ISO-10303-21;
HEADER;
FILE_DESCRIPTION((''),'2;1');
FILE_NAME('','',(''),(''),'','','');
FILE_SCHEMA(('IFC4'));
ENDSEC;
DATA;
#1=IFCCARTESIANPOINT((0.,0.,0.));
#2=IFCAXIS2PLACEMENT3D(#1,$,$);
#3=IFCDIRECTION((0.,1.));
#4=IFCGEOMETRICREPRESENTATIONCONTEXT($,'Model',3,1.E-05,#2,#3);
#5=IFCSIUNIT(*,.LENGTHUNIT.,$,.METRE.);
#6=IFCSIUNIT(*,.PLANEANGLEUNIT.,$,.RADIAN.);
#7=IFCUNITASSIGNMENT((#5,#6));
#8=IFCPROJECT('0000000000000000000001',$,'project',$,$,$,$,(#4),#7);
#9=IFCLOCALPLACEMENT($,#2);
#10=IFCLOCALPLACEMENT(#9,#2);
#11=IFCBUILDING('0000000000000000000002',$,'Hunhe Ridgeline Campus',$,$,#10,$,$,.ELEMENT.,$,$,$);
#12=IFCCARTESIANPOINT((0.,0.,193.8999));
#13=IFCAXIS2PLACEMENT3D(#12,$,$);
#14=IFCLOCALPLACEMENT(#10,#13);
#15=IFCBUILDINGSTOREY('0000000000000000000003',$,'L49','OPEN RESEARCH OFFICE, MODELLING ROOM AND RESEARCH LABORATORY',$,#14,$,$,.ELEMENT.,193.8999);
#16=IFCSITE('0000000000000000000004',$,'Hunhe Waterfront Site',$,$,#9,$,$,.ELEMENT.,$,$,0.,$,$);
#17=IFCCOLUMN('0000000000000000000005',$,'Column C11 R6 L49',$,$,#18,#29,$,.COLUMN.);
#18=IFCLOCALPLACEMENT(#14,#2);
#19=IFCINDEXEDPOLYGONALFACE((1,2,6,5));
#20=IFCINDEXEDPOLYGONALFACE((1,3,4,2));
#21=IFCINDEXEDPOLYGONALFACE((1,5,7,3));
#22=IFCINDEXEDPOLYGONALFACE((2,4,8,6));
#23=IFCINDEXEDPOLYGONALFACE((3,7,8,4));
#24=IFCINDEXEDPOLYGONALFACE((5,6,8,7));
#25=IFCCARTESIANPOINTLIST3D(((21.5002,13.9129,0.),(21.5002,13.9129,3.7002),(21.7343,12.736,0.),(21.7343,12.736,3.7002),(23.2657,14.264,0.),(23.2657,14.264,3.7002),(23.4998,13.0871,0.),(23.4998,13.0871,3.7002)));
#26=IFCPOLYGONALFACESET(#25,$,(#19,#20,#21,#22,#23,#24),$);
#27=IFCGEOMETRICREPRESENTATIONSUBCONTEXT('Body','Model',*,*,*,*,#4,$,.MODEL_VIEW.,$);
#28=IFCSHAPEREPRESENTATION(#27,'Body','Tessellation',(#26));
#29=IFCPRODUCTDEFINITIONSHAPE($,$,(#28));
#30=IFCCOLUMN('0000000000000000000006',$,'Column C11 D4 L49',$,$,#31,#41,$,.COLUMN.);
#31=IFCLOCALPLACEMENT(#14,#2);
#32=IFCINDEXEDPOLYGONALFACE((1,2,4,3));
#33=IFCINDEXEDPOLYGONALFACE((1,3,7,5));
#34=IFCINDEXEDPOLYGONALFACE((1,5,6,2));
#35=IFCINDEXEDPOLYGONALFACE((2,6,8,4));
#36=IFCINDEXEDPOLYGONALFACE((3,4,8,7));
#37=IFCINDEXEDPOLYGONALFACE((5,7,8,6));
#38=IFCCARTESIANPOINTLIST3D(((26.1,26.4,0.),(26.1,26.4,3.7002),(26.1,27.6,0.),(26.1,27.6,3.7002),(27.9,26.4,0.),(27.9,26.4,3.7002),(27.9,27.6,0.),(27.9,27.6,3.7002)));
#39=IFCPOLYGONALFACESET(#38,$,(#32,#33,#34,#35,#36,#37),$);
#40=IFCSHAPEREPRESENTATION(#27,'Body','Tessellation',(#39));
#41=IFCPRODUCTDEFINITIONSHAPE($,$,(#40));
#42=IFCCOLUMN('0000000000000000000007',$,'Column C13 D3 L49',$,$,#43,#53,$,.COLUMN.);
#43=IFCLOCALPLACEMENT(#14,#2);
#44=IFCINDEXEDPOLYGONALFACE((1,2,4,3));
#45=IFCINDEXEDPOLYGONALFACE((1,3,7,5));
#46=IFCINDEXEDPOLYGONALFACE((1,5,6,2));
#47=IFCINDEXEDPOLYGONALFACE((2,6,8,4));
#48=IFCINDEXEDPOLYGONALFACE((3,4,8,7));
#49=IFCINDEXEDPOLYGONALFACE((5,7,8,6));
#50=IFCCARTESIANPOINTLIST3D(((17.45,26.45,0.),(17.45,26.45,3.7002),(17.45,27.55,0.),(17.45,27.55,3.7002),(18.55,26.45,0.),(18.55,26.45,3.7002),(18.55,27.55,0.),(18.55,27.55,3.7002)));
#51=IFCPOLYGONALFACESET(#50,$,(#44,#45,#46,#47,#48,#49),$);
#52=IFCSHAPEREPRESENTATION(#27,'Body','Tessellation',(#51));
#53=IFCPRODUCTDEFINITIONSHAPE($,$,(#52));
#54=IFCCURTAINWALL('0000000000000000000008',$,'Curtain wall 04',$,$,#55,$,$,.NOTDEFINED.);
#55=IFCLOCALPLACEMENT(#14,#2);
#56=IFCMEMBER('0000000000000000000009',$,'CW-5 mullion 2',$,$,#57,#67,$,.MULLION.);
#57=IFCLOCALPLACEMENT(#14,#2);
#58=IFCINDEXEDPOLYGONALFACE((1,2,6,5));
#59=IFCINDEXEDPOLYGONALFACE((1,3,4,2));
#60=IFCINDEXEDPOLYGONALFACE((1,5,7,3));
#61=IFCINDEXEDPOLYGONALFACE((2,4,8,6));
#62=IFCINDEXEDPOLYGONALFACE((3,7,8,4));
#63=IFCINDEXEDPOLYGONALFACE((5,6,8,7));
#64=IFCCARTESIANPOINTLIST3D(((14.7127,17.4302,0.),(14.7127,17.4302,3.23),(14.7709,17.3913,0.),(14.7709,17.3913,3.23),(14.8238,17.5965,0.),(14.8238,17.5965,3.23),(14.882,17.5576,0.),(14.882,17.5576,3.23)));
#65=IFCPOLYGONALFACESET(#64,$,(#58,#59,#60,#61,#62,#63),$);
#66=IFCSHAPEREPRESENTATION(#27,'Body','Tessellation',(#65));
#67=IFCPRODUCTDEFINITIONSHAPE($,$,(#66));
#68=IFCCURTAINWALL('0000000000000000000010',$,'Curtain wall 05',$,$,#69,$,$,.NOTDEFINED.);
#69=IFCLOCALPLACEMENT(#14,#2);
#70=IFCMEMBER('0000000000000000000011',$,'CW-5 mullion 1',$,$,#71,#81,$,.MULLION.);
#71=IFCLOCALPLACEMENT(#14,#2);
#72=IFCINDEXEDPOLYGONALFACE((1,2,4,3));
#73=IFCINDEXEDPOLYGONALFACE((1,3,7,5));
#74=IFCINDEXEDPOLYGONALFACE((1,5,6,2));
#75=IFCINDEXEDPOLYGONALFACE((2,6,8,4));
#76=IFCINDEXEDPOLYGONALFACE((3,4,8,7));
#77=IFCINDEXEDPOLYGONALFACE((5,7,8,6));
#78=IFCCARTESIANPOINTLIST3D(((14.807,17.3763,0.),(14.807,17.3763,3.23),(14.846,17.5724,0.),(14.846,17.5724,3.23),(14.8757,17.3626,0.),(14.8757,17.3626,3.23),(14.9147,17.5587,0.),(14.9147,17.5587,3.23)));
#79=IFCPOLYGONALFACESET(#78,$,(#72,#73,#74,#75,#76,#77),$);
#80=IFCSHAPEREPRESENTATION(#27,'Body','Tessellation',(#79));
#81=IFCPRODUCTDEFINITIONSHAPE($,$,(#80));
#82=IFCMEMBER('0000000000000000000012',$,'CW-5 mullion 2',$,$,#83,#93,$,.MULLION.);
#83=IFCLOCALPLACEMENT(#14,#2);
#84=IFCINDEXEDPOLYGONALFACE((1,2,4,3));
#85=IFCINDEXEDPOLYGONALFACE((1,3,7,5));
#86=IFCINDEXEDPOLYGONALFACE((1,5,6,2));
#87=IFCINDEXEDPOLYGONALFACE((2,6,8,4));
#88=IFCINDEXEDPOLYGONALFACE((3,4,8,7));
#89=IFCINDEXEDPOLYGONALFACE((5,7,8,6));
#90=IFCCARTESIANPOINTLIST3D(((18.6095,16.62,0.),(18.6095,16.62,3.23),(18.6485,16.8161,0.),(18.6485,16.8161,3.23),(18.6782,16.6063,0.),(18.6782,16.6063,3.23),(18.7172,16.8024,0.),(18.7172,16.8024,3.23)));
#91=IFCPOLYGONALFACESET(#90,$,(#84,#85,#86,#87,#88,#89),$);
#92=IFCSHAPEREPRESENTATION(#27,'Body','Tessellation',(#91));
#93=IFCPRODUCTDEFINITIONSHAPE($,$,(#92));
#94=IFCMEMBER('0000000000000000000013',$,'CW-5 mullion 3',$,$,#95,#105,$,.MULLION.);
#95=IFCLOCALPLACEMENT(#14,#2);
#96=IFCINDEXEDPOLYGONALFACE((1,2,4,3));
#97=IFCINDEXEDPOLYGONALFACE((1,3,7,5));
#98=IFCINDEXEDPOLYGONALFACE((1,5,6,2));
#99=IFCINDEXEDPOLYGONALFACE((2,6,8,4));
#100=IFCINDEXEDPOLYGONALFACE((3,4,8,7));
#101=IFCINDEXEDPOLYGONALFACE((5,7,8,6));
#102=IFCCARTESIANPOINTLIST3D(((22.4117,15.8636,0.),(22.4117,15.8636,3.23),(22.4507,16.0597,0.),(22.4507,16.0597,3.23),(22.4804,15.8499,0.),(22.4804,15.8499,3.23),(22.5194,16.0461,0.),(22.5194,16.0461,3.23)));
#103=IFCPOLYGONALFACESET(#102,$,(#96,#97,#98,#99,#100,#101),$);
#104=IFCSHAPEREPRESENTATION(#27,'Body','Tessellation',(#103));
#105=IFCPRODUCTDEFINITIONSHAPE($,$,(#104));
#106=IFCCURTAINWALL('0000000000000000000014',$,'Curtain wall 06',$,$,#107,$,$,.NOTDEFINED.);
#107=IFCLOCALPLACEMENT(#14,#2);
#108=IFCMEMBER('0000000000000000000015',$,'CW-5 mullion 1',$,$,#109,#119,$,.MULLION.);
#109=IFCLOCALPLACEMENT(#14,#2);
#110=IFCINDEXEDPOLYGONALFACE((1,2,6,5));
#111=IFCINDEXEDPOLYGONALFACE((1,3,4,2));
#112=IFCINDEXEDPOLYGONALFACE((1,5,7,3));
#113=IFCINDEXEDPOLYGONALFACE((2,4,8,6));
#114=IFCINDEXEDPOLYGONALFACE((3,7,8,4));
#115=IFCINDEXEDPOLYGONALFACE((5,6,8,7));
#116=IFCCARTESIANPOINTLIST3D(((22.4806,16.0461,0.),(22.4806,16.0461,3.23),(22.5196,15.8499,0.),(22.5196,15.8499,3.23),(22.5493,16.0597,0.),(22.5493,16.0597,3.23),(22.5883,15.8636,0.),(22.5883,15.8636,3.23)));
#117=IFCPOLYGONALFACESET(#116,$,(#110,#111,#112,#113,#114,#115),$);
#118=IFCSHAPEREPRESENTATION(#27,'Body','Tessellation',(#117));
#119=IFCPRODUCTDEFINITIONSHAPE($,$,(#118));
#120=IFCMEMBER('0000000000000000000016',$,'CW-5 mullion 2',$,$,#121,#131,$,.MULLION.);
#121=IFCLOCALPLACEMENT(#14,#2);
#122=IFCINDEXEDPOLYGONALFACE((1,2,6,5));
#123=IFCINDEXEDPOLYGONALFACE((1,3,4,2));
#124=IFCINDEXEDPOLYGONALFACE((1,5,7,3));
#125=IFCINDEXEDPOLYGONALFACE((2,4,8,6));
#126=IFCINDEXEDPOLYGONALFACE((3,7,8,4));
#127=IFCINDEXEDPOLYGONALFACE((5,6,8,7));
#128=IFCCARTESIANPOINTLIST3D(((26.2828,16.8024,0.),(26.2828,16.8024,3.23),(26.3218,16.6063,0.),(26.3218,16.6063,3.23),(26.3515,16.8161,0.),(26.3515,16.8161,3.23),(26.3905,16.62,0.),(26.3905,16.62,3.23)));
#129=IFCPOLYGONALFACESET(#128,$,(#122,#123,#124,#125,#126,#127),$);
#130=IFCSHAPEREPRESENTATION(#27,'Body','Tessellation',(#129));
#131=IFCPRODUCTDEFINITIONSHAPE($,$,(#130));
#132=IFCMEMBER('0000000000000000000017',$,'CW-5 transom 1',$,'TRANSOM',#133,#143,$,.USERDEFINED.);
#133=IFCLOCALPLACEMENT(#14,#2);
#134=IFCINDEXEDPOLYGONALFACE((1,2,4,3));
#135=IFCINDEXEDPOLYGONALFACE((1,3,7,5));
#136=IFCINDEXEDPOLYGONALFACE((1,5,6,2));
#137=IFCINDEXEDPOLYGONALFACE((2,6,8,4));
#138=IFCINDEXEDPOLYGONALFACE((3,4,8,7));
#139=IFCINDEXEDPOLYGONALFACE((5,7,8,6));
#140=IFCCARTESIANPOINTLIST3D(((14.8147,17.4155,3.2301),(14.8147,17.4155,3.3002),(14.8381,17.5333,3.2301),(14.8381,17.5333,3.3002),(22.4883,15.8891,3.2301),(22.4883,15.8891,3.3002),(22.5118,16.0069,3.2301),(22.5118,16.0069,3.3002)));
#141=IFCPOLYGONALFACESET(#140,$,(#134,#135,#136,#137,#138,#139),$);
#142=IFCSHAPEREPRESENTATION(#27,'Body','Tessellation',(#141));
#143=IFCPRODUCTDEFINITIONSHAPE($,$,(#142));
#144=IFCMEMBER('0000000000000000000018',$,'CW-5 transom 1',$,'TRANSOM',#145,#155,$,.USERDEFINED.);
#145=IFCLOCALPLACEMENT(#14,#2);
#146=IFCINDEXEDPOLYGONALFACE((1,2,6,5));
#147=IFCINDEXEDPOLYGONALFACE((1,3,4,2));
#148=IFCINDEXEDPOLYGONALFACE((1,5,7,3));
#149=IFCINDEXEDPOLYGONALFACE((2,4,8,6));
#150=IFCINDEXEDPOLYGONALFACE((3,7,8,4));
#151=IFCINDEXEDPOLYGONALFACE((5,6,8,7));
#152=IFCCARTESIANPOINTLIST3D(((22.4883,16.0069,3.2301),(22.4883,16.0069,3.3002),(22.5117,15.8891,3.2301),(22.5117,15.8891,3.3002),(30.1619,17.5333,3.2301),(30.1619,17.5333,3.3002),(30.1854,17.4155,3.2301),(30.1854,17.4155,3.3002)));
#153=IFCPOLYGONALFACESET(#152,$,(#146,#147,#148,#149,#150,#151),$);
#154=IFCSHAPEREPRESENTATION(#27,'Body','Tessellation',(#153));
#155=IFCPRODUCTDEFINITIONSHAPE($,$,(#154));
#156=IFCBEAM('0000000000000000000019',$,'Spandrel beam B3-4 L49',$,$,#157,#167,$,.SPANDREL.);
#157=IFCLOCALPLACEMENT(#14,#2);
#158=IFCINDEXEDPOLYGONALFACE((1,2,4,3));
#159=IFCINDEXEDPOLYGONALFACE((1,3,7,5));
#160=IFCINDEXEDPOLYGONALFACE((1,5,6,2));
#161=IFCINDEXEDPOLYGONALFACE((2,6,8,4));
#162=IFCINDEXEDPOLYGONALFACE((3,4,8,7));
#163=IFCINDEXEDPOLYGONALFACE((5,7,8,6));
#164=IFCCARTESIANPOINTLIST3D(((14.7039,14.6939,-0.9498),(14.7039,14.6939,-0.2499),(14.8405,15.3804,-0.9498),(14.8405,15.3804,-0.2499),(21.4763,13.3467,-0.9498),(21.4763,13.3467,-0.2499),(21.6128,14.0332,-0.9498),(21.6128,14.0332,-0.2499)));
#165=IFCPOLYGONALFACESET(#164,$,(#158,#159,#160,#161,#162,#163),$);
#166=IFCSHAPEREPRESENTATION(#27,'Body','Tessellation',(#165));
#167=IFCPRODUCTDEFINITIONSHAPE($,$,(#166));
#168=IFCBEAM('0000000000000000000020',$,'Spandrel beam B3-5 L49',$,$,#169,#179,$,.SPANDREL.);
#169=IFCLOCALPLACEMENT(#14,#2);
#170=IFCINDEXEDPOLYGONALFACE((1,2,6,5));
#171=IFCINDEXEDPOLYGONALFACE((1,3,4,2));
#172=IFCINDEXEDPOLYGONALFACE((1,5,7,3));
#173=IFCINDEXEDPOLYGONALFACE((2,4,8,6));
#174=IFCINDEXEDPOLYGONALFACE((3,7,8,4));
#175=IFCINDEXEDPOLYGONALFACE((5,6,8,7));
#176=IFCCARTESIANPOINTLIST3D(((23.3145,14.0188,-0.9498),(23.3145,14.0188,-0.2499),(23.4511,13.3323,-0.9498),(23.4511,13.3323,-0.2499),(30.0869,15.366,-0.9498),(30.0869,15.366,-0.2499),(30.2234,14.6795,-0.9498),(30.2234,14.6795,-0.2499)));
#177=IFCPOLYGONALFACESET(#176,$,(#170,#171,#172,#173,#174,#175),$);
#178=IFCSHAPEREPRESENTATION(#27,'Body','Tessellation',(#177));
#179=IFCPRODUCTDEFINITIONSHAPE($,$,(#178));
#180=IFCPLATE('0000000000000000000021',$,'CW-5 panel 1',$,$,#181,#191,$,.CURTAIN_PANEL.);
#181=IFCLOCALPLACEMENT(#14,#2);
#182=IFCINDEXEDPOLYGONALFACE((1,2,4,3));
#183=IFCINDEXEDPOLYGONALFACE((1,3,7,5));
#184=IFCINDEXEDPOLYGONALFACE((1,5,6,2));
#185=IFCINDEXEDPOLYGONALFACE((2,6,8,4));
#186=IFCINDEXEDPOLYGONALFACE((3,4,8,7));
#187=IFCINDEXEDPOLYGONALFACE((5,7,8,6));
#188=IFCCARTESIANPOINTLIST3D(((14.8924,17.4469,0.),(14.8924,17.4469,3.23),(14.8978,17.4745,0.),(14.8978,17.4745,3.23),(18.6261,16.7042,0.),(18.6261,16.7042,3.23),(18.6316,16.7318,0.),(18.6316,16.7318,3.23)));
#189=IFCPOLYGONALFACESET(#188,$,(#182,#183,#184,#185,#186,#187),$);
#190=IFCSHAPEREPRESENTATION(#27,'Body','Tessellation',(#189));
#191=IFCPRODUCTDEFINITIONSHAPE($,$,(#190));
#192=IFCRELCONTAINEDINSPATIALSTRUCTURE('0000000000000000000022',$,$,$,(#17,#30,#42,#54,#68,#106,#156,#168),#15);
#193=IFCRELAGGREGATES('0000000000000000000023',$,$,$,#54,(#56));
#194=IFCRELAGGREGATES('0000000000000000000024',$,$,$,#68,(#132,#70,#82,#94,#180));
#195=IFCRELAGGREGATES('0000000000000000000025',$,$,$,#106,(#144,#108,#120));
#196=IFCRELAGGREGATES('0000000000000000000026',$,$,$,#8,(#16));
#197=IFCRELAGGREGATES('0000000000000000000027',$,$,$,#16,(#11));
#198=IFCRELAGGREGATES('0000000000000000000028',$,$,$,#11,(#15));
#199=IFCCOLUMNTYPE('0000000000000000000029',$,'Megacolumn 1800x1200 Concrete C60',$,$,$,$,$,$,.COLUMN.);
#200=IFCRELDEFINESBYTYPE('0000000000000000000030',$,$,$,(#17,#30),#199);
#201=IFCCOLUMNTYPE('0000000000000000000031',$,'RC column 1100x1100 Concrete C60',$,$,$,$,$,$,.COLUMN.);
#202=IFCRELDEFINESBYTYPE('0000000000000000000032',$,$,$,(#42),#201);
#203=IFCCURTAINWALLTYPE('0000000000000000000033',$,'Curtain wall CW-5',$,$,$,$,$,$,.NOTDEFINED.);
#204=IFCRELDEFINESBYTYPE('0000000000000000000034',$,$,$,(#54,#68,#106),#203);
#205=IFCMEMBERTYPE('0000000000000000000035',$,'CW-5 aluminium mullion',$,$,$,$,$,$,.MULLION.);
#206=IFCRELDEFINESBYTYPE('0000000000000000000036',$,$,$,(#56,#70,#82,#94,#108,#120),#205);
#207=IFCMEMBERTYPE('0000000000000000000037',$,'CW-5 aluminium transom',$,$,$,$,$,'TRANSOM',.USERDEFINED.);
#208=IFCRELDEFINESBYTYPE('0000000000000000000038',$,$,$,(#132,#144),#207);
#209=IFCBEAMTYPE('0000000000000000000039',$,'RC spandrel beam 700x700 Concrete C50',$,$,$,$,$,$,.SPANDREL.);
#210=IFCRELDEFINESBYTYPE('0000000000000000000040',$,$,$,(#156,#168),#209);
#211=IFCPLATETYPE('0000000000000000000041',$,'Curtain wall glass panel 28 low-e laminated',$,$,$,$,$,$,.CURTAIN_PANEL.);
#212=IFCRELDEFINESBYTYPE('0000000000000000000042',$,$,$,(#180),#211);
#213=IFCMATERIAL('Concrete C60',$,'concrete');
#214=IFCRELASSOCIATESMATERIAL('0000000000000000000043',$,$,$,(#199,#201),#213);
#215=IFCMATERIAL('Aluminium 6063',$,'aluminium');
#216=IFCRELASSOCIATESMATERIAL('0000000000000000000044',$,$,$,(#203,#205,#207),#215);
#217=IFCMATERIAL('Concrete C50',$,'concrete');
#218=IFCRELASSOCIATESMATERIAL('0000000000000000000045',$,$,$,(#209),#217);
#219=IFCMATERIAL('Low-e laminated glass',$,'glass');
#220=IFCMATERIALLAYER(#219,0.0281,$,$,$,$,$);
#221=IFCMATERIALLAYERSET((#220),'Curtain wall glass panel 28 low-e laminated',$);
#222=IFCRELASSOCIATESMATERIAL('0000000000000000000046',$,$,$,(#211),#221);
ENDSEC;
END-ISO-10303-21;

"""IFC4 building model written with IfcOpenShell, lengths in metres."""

from ifc_helpers import new_model, si_unit, direction, frame, origin, origin_2d, place, context, subcontext, project, spatial, rectangle, extrude, material, layer, layer_set, material_profile, profile_set, type_object, element, aggregate, save


model = new_model("IFC4")

# Units and contexts
model_context = context("Model", 3, precision=1e-05, world=origin(), true_north=direction((0.0, 1.0)))
body_context = subcontext(model_context, "Body", "Model", "MODEL_VIEW")
ifc_project = project(units=[si_unit("LENGTHUNIT", "METRE"), si_unit("PLANEANGLEUNIT", "RADIAN")], contexts=[model_context])

# Site, building, storey
site_placement = place(None, origin())
site = spatial("IfcSite", under=ifc_project, at=site_placement, Name="Hunhe Waterfront Site", CompositionType="ELEMENT", RefElevation=0.0)
building_placement = place(site_placement, origin())
building = spatial("IfcBuilding", under=site, at=building_placement, Name="Hunhe Ridgeline Campus", CompositionType="ELEMENT")
storey_placement = place(building_placement, frame((0.0, 0.0, 193.8999)))
storey = spatial("IfcBuildingStorey", under=building, at=storey_placement, Name="L49", Description="OPEN RESEARCH OFFICE, MODELLING ROOM AND RESEARCH LABORATORY", CompositionType="ELEMENT", Elevation=193.8999)

# Columns
ifc_material_1 = material(Name="Concrete C60", Category="concrete")
ifc_material_profile_1 = material_profile(ifc_material_1, rectangle(XDim=1.8, YDim=1.2, at=origin_2d()))
ifc_profile_set_1 = profile_set([ifc_material_profile_1], Name="Concrete C60")
column_type_1 = type_object("IfcColumnType", Name="Megacolumn 1800x1200 Concrete C60", PredefinedType="COLUMN", material=ifc_profile_set_1)
for number, where, z_axis, x_axis, name in (
    (1, (22.5, 13.5, 0.0), (0.0, 0.0, 1.0), (0.980785, 0.19509, 0.0), "Column C11 R6 L49"),
    (2, (27.0, 27.0, 0.0), (0.0, 0.0, 1.0), (1.0, 0.0, 0.0), "Column C11 D4 L49"),
):
    element("IfcColumn", number, at=place(storey_placement, frame(where, z_axis=z_axis, x_axis=x_axis)), inside=storey, type_object=column_type_1, Name=name, PredefinedType="COLUMN", context=body_context, shape_type="SweptSolid", body=[
        extrude(rectangle(XDim=1.8, YDim=1.2, at=origin_2d()), origin(), (0.0, 0.0, 1.0), 3.7002),
    ])
ifc_material_profile_2 = material_profile(ifc_material_1, rectangle(XDim=1.1001, YDim=1.1001, at=origin_2d()))
ifc_profile_set_2 = profile_set([ifc_material_profile_2], Name="Concrete C60")
column_type_2 = type_object("IfcColumnType", Name="RC column 1100x1100 Concrete C60", PredefinedType="COLUMN", material=ifc_profile_set_2)
column_placement = place(storey_placement, frame((18.0, 27.0, 0.0), z_axis=(0.0, 0.0, 1.0), x_axis=(1.0, 0.0, 0.0)))
element("IfcColumn", 3, at=column_placement, inside=storey, type_object=column_type_2, Name="Column C13 D3 L49", PredefinedType="COLUMN", context=body_context, shape_type="SweptSolid", body=[
    extrude(rectangle(XDim=1.1001, YDim=1.1001, at=origin_2d()), origin(), (0.0, 0.0, 1.0), 3.7002),
])

# Curtain wall, member
ifc_material_2 = material(Name="Aluminium 6063", Category="aluminium")
curtain_wall_type = type_object("IfcCurtainWallType", Name="Curtain wall CW-5", PredefinedType="NOTDEFINED", material=ifc_material_2)
curtain_wall_1_placement = place(storey_placement, origin())
curtain_wall_1 = element("IfcCurtainWall", 4, at=curtain_wall_1_placement, inside=storey, type_object=curtain_wall_type, Name="Curtain wall 04", PredefinedType="NOTDEFINED")
ifc_material_profile_3 = material_profile(ifc_material_2, rectangle(XDim=0.2, YDim=0.0701, at=origin_2d()))
ifc_profile_set_3 = profile_set([ifc_material_profile_3], Name="Aluminium 6063")
member_type_1 = type_object("IfcMemberType", Name="CW-5 aluminium mullion", PredefinedType="MULLION", material=ifc_profile_set_3)
member_1_placement = place(storey_placement, frame((14.7974, 17.4939, 0.0), z_axis=(0.0, 0.0, 1.0), x_axis=(0.55557, 0.83147, 0.0)))
member_1 = element("IfcMember", 5, at=member_1_placement, type_object=member_type_1, Name="CW-5 mullion 2", PredefinedType="MULLION", context=body_context, shape_type="SweptSolid", body=[
    extrude(rectangle(XDim=0.2, YDim=0.0701, at=origin_2d()), origin(), (0.0, 0.0, 1.0), 3.23),
])
aggregate(curtain_wall_1, [member_1])

# Curtain walls, members
curtain_wall_2_placement = place(storey_placement, origin())
curtain_wall_2 = element("IfcCurtainWall", 6, at=curtain_wall_2_placement, inside=storey, type_object=curtain_wall_type, Name="Curtain wall 05", PredefinedType="NOTDEFINED")
member_2_placement = place(storey_placement, frame((14.8608, 17.4675, 0.0), z_axis=(0.0, 0.0, 1.0), x_axis=(0.19509, 0.980785, 0.0)))
member_2 = element("IfcMember", 7, at=member_2_placement, type_object=member_type_1, Name="CW-5 mullion 1", PredefinedType="MULLION", context=body_context, shape_type="SweptSolid", body=[
    extrude(rectangle(XDim=0.2, YDim=0.0701, at=origin_2d()), origin(), (0.0, 0.0, 1.0), 3.23),
])
member_3_placement = place(storey_placement, frame((18.6633, 16.7112, 0.0), z_axis=(0.0, 0.0, 1.0), x_axis=(0.19509, 0.980785, 0.0)))
member_3 = element("IfcMember", 8, at=member_3_placement, type_object=member_type_1, Name="CW-5 mullion 2", PredefinedType="MULLION", context=body_context, shape_type="SweptSolid", body=[
    extrude(rectangle(XDim=0.2, YDim=0.0701, at=origin_2d()), origin(), (0.0, 0.0, 1.0), 3.23),
])
member_4_placement = place(storey_placement, frame((22.4656, 15.9548, 0.0), z_axis=(0.0, 0.0, 1.0), x_axis=(0.19509, 0.980785, 0.0)))
member_4 = element("IfcMember", 9, at=member_4_placement, type_object=member_type_1, Name="CW-5 mullion 3", PredefinedType="MULLION", context=body_context, shape_type="SweptSolid", body=[
    extrude(rectangle(XDim=0.2, YDim=0.0701, at=origin_2d()), origin(), (0.0, 0.0, 1.0), 3.23),
])
curtain_wall_3_placement = place(storey_placement, origin())
curtain_wall_3 = element("IfcCurtainWall", 10, at=curtain_wall_3_placement, inside=storey, type_object=curtain_wall_type, Name="Curtain wall 06", PredefinedType="NOTDEFINED")
member_5_placement = place(storey_placement, frame((22.5344, 15.9548, 0.0), z_axis=(0.0, 0.0, 1.0), x_axis=(-0.19509, 0.980785, 0.0)))
member_5 = element("IfcMember", 11, at=member_5_placement, type_object=member_type_1, Name="CW-5 mullion 1", PredefinedType="MULLION", context=body_context, shape_type="SweptSolid", body=[
    extrude(rectangle(XDim=0.2, YDim=0.0701, at=origin_2d()), origin(), (0.0, 0.0, 1.0), 3.23),
])
member_6_placement = place(storey_placement, frame((26.3367, 16.7112, 0.0), z_axis=(0.0, 0.0, 1.0), x_axis=(-0.19509, 0.980785, 0.0)))
member_6 = element("IfcMember", 12, at=member_6_placement, type_object=member_type_1, Name="CW-5 mullion 2", PredefinedType="MULLION", context=body_context, shape_type="SweptSolid", body=[
    extrude(rectangle(XDim=0.2, YDim=0.0701, at=origin_2d()), origin(), (0.0, 0.0, 1.0), 3.23),
])

# Members
ifc_material_profile_4 = material_profile(ifc_material_2, rectangle(XDim=0.1201, YDim=0.0701, at=origin_2d()))
ifc_profile_set_4 = profile_set([ifc_material_profile_4], Name="Aluminium 6063")
member_type_2 = type_object("IfcMemberType", Name="CW-5 aluminium transom", ElementType="TRANSOM", PredefinedType="USERDEFINED", material=ifc_profile_set_4)
member_7_placement = place(storey_placement, frame((14.8264, 17.4744, 3.2651), z_axis=(0.980785, -0.19509, 0.0), x_axis=(0.19509, 0.980785, 0.0)))
member_7 = element("IfcMember", 13, at=member_7_placement, type_object=member_type_2, Name="CW-5 transom 1", ObjectType="TRANSOM", PredefinedType="USERDEFINED", context=body_context, shape_type="SweptSolid", body=[
    extrude(rectangle(XDim=0.1201, YDim=0.0701, at=origin_2d()), origin(), (0.0, 0.0, 1.0), 7.824),
])
member_8_placement = place(storey_placement, frame((22.5, 15.948, 3.2651), z_axis=(0.980785, 0.19509, 0.0), x_axis=(-0.19509, 0.980785, 0.0)))
member_8 = element("IfcMember", 14, at=member_8_placement, type_object=member_type_2, Name="CW-5 transom 1", ObjectType="TRANSOM", PredefinedType="USERDEFINED", context=body_context, shape_type="SweptSolid", body=[
    extrude(rectangle(XDim=0.1201, YDim=0.0701, at=origin_2d()), origin(), (0.0, 0.0, 1.0), 7.824),
])

# Beams
ifc_material_3 = material(Name="Concrete C50", Category="concrete")
ifc_material_profile_5 = material_profile(ifc_material_3, rectangle(XDim=0.7, YDim=0.7, at=origin_2d()))
ifc_profile_set_5 = profile_set([ifc_material_profile_5], Name="Concrete C50")
beam_type = type_object("IfcBeamType", Name="RC spandrel beam 700x700 Concrete C50", PredefinedType="SPANDREL", material=ifc_profile_set_5)
for number, where, z_axis, x_axis, name in (
    (15, (14.7722, 15.0371, -0.5999), (0.980784, -0.195096, 0.0), (0.195096, 0.980784, 0.0), "Spandrel beam B3-4 L49"),
    (16, (23.3828, 13.6755, -0.5999), (0.980783, 0.195103, 0.0), (-0.195103, 0.980783, 0.0), "Spandrel beam B3-5 L49"),
):
    element("IfcBeam", number, at=place(storey_placement, frame(where, z_axis=z_axis, x_axis=x_axis)), inside=storey, type_object=beam_type, Name=name, PredefinedType="SPANDREL", context=body_context, shape_type="SweptSolid", body=[
        extrude(rectangle(XDim=0.7, YDim=0.7, at=origin_2d()), origin(), (0.0, 0.0, 1.0), 6.905),
    ])

# Plate
ifc_material_4 = material(Name="Low-e laminated glass", Category="glass")
ifc_layer_1 = layer(ifc_material_4, 0.0281)
ifc_layer_set_1 = layer_set([ifc_layer_1], Name="Curtain wall glass panel 28 low-e laminated")
plate_type = type_object("IfcPlateType", Name="Curtain wall glass panel 28 low-e laminated", PredefinedType="CURTAIN_PANEL", material=ifc_layer_set_1)
plate_1_placement = place(storey_placement, frame((16.762, 17.0894, 0.0), z_axis=(0.0, 0.0, 1.0), x_axis=(0.980785, -0.19509, 0.0)))
plate_1 = element("IfcPlate", 17, at=plate_1_placement, type_object=plate_type, Name="CW-5 panel 1", PredefinedType="CURTAIN_PANEL", context=body_context, shape_type="SweptSolid", body=[
    extrude(rectangle(XDim=3.8069, YDim=0.0281, at=origin_2d()), origin(), (0.0, 0.0, 1.0), 3.23),
])
aggregate(curtain_wall_2, [member_7, member_2, member_3, member_4, plate_1])
aggregate(curtain_wall_3, [member_8, member_5, member_6])

save(model, "model.ifc")
